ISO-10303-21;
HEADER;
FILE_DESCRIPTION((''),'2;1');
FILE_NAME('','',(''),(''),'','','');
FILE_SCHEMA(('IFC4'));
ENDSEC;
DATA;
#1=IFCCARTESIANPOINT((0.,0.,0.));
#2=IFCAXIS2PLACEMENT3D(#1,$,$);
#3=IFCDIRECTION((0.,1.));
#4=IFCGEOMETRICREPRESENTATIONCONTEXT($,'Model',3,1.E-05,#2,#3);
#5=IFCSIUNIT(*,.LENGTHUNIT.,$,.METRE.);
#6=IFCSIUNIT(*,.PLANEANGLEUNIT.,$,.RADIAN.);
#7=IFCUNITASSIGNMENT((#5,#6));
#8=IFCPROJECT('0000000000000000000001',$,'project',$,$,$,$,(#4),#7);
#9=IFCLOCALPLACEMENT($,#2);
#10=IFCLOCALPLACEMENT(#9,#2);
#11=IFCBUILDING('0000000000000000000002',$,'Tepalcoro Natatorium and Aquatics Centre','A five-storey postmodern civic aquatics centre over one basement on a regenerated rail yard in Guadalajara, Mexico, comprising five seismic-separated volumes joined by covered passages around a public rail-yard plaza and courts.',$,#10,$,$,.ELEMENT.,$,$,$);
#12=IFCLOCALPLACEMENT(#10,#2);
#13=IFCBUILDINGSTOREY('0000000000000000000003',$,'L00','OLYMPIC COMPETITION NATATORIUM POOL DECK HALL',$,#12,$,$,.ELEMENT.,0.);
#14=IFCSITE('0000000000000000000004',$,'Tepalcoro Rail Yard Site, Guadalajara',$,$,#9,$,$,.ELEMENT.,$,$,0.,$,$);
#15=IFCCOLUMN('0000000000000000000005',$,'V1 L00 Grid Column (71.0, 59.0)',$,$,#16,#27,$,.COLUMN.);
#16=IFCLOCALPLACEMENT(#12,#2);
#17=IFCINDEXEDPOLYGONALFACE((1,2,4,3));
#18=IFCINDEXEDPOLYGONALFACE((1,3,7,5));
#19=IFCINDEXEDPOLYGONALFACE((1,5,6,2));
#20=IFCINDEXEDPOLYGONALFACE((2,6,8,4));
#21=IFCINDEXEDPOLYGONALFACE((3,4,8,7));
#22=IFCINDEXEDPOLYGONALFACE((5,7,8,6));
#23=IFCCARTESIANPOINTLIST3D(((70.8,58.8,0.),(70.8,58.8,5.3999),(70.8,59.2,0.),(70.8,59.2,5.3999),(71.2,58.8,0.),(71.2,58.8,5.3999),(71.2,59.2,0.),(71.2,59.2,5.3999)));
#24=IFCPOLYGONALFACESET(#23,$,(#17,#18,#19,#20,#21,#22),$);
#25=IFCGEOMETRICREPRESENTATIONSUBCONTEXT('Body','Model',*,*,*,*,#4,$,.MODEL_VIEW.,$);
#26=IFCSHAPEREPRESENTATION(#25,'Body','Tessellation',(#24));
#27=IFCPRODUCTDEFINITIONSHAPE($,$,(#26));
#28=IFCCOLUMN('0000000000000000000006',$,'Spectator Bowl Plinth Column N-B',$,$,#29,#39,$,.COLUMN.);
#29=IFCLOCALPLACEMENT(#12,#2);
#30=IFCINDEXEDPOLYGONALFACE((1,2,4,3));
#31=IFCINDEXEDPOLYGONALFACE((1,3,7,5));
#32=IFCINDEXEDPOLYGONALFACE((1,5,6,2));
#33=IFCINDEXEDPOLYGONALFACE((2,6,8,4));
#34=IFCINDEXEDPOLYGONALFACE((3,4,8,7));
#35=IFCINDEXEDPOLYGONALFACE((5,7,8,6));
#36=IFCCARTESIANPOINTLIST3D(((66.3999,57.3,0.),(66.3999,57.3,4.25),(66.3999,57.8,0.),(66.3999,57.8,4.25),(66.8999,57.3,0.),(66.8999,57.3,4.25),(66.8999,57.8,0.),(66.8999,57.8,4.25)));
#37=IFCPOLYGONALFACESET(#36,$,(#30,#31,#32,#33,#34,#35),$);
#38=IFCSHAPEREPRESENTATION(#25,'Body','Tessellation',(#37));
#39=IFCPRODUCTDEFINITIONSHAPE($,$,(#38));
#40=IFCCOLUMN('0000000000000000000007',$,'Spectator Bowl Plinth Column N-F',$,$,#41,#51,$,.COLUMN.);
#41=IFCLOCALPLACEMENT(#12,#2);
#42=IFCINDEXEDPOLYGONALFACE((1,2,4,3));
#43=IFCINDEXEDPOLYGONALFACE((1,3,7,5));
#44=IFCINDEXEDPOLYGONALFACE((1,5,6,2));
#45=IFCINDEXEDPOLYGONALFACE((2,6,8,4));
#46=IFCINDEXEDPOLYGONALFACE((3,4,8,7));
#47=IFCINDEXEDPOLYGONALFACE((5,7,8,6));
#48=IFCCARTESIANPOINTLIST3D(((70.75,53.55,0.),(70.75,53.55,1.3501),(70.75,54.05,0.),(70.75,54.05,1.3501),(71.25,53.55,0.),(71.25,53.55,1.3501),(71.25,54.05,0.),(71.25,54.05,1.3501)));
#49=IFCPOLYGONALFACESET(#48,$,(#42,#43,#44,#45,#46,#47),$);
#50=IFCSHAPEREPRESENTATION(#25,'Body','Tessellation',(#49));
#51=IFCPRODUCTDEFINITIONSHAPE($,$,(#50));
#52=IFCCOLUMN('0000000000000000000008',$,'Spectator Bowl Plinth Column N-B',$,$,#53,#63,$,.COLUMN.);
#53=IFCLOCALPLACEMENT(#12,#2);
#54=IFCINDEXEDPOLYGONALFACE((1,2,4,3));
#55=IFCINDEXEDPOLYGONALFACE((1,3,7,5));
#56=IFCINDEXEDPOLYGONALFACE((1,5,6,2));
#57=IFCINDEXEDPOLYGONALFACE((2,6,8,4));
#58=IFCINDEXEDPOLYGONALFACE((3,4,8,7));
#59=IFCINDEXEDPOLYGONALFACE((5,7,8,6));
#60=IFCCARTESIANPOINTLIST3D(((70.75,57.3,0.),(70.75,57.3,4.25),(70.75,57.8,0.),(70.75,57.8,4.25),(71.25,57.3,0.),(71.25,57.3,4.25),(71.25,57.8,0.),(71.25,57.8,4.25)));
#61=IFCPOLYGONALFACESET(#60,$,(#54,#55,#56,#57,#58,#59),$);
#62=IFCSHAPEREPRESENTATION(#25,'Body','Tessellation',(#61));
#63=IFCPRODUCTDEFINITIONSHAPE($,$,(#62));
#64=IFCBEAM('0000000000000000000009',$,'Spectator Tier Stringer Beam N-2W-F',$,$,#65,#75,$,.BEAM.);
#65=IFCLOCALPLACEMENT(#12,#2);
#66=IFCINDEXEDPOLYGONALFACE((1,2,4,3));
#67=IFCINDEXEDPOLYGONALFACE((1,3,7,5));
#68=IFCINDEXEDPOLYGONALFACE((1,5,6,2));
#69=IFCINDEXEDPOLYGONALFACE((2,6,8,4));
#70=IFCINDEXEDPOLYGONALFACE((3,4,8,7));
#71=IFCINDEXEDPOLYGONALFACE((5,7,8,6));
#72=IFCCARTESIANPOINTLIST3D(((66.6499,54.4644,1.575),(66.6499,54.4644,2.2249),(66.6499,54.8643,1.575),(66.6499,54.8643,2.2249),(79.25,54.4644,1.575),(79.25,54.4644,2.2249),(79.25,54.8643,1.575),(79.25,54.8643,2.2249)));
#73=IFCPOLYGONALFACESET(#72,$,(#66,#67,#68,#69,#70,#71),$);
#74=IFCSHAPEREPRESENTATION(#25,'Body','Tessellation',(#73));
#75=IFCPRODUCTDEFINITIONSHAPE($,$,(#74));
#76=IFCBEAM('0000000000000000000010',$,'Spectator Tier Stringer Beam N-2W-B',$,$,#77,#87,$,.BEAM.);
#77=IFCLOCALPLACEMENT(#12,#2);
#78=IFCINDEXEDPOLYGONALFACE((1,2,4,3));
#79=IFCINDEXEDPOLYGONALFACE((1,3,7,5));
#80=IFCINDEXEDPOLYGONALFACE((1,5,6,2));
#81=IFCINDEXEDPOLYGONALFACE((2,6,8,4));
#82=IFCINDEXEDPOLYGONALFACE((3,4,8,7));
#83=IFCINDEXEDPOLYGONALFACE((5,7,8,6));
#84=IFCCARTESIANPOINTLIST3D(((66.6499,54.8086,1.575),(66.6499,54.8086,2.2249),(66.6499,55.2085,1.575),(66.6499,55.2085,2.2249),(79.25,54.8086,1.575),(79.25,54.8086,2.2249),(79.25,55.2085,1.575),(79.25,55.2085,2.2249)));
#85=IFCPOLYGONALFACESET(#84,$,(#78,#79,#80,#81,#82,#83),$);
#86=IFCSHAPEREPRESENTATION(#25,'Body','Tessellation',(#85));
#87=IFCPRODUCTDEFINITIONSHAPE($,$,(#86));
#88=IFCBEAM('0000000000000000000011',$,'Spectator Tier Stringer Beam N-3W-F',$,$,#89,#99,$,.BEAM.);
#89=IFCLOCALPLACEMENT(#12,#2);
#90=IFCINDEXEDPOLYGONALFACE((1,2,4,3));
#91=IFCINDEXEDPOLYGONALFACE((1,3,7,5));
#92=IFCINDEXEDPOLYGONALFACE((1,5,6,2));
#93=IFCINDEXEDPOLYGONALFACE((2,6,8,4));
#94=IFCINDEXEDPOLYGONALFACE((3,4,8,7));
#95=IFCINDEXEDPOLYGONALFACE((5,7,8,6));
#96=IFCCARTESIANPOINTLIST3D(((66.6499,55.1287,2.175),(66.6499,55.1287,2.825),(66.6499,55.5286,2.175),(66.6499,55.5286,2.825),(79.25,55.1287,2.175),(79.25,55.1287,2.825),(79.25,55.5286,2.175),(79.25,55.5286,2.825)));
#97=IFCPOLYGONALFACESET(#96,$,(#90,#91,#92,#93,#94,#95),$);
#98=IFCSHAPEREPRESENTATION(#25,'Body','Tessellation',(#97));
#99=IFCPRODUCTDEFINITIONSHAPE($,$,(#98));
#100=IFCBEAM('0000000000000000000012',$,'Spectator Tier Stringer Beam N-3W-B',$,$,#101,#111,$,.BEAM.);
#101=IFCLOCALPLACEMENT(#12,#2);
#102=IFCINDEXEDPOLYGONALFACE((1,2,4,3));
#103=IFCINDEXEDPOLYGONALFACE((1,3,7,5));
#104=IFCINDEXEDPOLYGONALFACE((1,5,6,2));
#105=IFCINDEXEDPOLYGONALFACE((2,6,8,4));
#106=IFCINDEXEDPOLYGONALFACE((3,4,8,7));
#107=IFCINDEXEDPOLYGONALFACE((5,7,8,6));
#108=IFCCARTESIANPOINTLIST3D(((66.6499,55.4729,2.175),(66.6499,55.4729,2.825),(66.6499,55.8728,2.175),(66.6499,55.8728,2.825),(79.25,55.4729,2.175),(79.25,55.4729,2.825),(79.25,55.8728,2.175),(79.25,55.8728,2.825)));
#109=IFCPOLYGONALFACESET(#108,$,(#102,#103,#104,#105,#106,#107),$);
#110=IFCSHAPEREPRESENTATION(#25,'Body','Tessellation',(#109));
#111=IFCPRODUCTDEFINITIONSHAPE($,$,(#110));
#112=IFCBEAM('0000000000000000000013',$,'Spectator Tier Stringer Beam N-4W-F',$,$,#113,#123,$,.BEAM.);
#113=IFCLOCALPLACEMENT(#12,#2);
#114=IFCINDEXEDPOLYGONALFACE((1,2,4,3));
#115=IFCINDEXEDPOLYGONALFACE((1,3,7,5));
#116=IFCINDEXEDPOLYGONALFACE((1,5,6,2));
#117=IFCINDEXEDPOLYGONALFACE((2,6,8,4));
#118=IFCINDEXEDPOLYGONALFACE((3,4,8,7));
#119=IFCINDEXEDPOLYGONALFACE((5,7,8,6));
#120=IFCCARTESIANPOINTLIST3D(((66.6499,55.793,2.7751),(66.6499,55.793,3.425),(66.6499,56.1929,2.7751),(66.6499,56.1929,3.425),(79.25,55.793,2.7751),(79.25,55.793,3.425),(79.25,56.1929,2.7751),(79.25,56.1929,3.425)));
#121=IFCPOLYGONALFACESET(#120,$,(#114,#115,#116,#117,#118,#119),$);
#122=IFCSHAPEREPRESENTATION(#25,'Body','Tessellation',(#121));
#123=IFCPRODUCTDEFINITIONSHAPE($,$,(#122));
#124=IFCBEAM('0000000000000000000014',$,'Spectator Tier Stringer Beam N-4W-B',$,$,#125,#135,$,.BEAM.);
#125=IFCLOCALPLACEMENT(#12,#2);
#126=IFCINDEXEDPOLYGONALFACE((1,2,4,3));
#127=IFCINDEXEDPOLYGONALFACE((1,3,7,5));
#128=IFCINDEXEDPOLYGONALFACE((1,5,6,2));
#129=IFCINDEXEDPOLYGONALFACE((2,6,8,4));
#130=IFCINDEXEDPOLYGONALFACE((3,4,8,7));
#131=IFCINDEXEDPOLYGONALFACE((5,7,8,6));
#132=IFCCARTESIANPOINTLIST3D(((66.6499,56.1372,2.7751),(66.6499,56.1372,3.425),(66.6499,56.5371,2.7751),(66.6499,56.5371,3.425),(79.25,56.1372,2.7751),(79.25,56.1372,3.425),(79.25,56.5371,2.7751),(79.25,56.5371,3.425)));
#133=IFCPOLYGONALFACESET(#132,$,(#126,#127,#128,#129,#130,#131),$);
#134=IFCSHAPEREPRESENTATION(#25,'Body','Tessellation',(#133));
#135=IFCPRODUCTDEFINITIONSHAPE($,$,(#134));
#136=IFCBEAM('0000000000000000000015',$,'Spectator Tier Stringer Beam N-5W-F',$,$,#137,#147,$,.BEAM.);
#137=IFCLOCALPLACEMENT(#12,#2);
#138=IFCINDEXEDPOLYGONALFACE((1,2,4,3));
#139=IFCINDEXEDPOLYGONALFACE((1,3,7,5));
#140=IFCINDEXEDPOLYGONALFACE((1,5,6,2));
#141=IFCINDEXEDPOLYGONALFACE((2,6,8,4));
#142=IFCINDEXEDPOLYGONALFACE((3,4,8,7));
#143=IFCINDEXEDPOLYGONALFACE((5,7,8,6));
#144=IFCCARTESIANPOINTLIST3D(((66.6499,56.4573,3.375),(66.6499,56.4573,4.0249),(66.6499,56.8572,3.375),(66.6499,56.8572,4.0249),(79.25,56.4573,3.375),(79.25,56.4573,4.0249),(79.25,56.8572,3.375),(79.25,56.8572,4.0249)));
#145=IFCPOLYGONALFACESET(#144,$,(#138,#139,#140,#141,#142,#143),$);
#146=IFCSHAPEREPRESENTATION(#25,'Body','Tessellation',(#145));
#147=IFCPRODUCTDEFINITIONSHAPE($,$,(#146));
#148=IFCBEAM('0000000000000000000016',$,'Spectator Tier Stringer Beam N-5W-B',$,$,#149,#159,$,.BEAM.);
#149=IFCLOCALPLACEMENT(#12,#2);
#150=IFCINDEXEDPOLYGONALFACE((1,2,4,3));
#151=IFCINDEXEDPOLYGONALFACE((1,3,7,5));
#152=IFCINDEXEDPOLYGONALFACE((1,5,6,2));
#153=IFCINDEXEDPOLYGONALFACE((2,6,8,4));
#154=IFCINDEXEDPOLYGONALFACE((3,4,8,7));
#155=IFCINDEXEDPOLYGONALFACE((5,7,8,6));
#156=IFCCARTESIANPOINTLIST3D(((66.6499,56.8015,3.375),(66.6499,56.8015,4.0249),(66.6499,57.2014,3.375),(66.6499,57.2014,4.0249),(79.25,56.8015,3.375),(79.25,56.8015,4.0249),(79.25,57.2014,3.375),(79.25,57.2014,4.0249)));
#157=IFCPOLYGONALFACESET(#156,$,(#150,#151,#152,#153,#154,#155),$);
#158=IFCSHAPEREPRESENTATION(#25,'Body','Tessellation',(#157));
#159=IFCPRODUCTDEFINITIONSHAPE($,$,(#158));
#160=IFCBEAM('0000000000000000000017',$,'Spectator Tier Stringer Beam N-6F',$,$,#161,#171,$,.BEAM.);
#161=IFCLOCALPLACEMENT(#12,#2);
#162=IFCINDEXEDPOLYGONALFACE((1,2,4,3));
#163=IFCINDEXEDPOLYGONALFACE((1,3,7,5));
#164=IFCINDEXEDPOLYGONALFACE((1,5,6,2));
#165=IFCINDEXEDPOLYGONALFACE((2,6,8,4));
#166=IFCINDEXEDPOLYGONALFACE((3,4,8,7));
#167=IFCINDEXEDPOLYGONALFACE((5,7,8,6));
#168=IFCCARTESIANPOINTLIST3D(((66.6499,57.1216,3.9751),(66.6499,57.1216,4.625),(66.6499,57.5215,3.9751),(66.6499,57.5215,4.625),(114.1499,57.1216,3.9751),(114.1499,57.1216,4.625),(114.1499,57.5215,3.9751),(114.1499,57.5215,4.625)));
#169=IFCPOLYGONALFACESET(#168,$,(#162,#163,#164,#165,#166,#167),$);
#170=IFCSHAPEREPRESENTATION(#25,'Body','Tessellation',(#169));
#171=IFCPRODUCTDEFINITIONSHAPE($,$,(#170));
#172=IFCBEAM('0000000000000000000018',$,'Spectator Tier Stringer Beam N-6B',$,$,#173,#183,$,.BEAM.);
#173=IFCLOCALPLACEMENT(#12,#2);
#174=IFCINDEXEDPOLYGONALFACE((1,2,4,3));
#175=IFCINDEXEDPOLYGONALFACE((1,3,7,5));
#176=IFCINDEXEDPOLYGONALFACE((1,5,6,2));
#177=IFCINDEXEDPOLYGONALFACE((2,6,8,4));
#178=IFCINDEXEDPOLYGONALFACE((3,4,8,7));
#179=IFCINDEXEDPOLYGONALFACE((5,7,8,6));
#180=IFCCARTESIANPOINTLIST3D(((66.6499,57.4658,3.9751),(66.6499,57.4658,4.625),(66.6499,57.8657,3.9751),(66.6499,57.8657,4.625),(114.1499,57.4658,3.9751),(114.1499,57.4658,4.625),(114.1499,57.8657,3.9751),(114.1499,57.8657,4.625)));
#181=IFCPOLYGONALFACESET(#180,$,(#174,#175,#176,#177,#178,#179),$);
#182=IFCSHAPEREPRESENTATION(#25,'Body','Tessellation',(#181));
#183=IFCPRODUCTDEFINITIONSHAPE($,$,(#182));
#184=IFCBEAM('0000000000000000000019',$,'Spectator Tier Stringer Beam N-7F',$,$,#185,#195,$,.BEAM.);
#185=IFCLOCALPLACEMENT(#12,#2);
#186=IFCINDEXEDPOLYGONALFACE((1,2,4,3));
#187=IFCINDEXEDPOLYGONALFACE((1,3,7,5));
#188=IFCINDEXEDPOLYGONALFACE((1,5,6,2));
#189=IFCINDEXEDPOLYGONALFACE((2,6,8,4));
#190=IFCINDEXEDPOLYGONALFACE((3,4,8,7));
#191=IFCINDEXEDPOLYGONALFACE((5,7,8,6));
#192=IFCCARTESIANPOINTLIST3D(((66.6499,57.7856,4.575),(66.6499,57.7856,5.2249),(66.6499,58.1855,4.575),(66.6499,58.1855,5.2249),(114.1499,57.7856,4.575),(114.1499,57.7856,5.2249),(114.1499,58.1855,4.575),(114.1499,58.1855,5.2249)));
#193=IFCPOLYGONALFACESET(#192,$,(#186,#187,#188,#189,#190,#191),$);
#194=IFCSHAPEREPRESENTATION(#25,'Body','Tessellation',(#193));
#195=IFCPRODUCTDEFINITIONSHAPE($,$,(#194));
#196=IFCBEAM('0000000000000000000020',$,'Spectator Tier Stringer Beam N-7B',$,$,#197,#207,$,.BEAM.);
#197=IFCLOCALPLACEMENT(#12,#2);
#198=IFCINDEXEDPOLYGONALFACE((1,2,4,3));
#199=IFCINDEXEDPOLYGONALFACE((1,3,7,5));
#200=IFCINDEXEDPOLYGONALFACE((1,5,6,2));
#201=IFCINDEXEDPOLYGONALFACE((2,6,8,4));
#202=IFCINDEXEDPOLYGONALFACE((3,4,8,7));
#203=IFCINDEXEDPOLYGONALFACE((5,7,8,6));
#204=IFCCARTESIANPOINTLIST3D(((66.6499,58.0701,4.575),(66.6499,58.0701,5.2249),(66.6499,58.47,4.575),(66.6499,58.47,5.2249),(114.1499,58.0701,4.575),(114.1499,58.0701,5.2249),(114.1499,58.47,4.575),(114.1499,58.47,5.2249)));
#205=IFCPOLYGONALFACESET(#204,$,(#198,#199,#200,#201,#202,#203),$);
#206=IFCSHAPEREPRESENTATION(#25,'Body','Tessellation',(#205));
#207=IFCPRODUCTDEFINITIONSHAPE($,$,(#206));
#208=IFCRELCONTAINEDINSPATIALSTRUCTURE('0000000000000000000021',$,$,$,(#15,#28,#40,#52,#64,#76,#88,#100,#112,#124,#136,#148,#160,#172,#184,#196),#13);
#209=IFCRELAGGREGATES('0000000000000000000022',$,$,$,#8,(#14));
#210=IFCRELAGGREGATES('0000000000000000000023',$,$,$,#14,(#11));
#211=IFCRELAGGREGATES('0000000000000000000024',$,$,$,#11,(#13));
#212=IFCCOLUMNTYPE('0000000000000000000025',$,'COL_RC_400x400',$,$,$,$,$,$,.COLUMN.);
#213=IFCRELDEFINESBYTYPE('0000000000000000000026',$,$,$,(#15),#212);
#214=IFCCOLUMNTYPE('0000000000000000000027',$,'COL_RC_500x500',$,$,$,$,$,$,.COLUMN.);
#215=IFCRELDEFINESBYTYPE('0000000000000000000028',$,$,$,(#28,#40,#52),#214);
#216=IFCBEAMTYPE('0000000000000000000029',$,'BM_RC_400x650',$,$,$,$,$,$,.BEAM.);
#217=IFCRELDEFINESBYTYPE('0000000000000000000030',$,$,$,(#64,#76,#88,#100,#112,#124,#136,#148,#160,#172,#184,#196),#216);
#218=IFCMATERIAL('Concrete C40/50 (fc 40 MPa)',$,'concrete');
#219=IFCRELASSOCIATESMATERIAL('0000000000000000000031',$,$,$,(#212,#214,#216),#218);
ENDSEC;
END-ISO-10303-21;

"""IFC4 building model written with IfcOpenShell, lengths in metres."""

from ifc_helpers import new_model, si_unit, direction, frame, origin, origin_2d, place, context, subcontext, project, spatial, rectangle, extrude, material, material_profile, profile_set, type_object, element, save


model = new_model("IFC4")

# Units and contexts
model_context = context("Model", 3, precision=1e-05, world=origin(), true_north=direction((0.0, 1.0)))
body_context = subcontext(model_context, "Body", "Model", "MODEL_VIEW")
ifc_project = project(units=[si_unit("LENGTHUNIT", "METRE"), si_unit("PLANEANGLEUNIT", "RADIAN")], contexts=[model_context])

# Site, building, storey
site_placement = place(None, origin())
site = spatial("IfcSite", under=ifc_project, at=site_placement, Name="Tepalcoro Rail Yard Site, Guadalajara", CompositionType="ELEMENT", RefElevation=0.0)
building_placement = place(site_placement, origin())
building = spatial("IfcBuilding", under=site, at=building_placement, Name="Tepalcoro Natatorium and Aquatics Centre", Description="A five-storey postmodern civic aquatics centre over one basement on a regenerated rail yard in Guadalajara, Mexico, comprising five seismic-separated volumes joined by covered passages around a public rail-yard plaza and courts.", CompositionType="ELEMENT")
storey_placement = place(building_placement, origin())
storey = spatial("IfcBuildingStorey", under=building, at=storey_placement, Name="L00", Description="OLYMPIC COMPETITION NATATORIUM POOL DECK HALL", CompositionType="ELEMENT", Elevation=0.0)

# Columns
ifc_material_1 = material(Name="Concrete C40/50 (fc 40 MPa)", Category="concrete")
ifc_material_profile_1 = material_profile(ifc_material_1, rectangle(XDim=0.3999, YDim=0.3999, at=origin_2d()), Name="RC400x400")
ifc_profile_set_1 = profile_set([ifc_material_profile_1], Name="Concrete C40/50 (fc 40 MPa)")
column_type_1 = type_object("IfcColumnType", Name="COL_RC_400x400", PredefinedType="COLUMN", material=ifc_profile_set_1)
column_1_placement = place(storey_placement, frame((71.0, 59.0, 0.0), z_axis=(0.0, 0.0, 1.0), x_axis=(1.0, 0.0, 0.0)))
element("IfcColumn", 1, at=column_1_placement, inside=storey, type_object=column_type_1, Name="V1 L00 Grid Column (71.0, 59.0)", PredefinedType="COLUMN", context=body_context, shape_type="SweptSolid", body=[
    extrude(rectangle(XDim=0.3999, YDim=0.3999, at=origin_2d()), origin(), (0.0, 0.0, 1.0), 5.3999),
])
ifc_material_profile_2 = material_profile(ifc_material_1, rectangle(XDim=0.5, YDim=0.5, at=origin_2d()), Name="RC500x500")
ifc_profile_set_2 = profile_set([ifc_material_profile_2], Name="Concrete C40/50 (fc 40 MPa)")
column_type_2 = type_object("IfcColumnType", Name="COL_RC_500x500", PredefinedType="COLUMN", material=ifc_profile_set_2)
column_2_placement = place(storey_placement, frame((66.6499, 57.55, 0.0), z_axis=(0.0, 0.0, 1.0), x_axis=(1.0, 0.0, 0.0)))
element("IfcColumn", 2, at=column_2_placement, inside=storey, type_object=column_type_2, Name="Spectator Bowl Plinth Column N-B", PredefinedType="COLUMN", context=body_context, shape_type="SweptSolid", body=[
    extrude(rectangle(XDim=0.5, YDim=0.5, at=origin_2d()), origin(), (0.0, 0.0, 1.0), 4.25),
])
column_3_placement = place(storey_placement, frame((71.0, 53.8, 0.0), z_axis=(0.0, 0.0, 1.0), x_axis=(1.0, 0.0, 0.0)))
element("IfcColumn", 3, at=column_3_placement, inside=storey, type_object=column_type_2, Name="Spectator Bowl Plinth Column N-F", PredefinedType="COLUMN", context=body_context, shape_type="SweptSolid", body=[
    extrude(rectangle(XDim=0.5, YDim=0.5, at=origin_2d()), origin(), (0.0, 0.0, 1.0), 1.3501),
])
column_4_placement = place(storey_placement, frame((71.0, 57.55, 0.0), z_axis=(0.0, 0.0, 1.0), x_axis=(1.0, 0.0, 0.0)))
element("IfcColumn", 4, at=column_4_placement, inside=storey, type_object=column_type_2, Name="Spectator Bowl Plinth Column N-B", PredefinedType="COLUMN", context=body_context, shape_type="SweptSolid", body=[
    extrude(rectangle(XDim=0.5, YDim=0.5, at=origin_2d()), origin(), (0.0, 0.0, 1.0), 4.25),
])

# Beams
ifc_material_profile_3 = material_profile(ifc_material_1, rectangle(XDim=0.3999, YDim=0.6499, at=origin_2d()), Name="RCB400x650")
ifc_profile_set_3 = profile_set([ifc_material_profile_3], Name="Concrete C40/50 (fc 40 MPa)")
beam_type_1 = type_object("IfcBeamType", Name="BM_RC_400x650", PredefinedType="BEAM", material=ifc_profile_set_3)
for number, where, z_axis, x_axis, name in (
    (5, (66.6499, 54.6643, 1.8999), (1.0, 0.0, 0.0), (0.0, 1.0, 0.0), "Spectator Tier Stringer Beam N-2W-F"),
    (6, (66.6499, 55.0085, 1.8999), (1.0, 0.0, 0.0), (0.0, 1.0, 0.0), "Spectator Tier Stringer Beam N-2W-B"),
    (7, (66.6499, 55.3286, 2.5), (1.0, 0.0, 0.0), (0.0, 1.0, 0.0), "Spectator Tier Stringer Beam N-3W-F"),
    (8, (66.6499, 55.6729, 2.5), (1.0, 0.0, 0.0), (0.0, 1.0, 0.0), "Spectator Tier Stringer Beam N-3W-B"),
    (9, (66.6499, 55.9929, 3.1001), (1.0, 0.0, 0.0), (0.0, 1.0, 0.0), "Spectator Tier Stringer Beam N-4W-F"),
    (10, (66.6499, 56.3372, 3.1001), (1.0, 0.0, 0.0), (0.0, 1.0, 0.0), "Spectator Tier Stringer Beam N-4W-B"),
    (11, (66.6499, 56.6572, 3.7), (1.0, 0.0, 0.0), (0.0, 1.0, 0.0), "Spectator Tier Stringer Beam N-5W-F"),
    (12, (66.6499, 57.0015, 3.7), (1.0, 0.0, 0.0), (0.0, 1.0, 0.0), "Spectator Tier Stringer Beam N-5W-B"),
):
    element("IfcBeam", number, at=place(storey_placement, frame(where, z_axis=z_axis, x_axis=x_axis)), inside=storey, type_object=beam_type_1, Name=name, PredefinedType="BEAM", context=body_context, shape_type="SweptSolid", body=[
        extrude(rectangle(XDim=0.3999, YDim=0.6499, at=origin_2d()), origin(), (0.0, 0.0, 1.0), 12.6001),
    ])
for number, where, z_axis, x_axis, name in (
    (13, (66.6499, 57.3215, 4.3), (1.0, 0.0, 0.0), (0.0, 1.0, 0.0), "Spectator Tier Stringer Beam N-6F"),
    (14, (66.6499, 57.6658, 4.3), (1.0, 0.0, 0.0), (0.0, 1.0, 0.0), "Spectator Tier Stringer Beam N-6B"),
    (15, (66.6499, 57.9856, 4.8999), (1.0, 0.0, 0.0), (0.0, 1.0, 0.0), "Spectator Tier Stringer Beam N-7F"),
    (16, (66.6499, 58.27, 4.8999), (1.0, 0.0, 0.0), (0.0, 1.0, 0.0), "Spectator Tier Stringer Beam N-7B"),
):
    element("IfcBeam", number, at=place(storey_placement, frame(where, z_axis=z_axis, x_axis=x_axis)), inside=storey, type_object=beam_type_1, Name=name, PredefinedType="BEAM", context=body_context, shape_type="SweptSolid", body=[
        extrude(rectangle(XDim=0.3999, YDim=0.6499, at=origin_2d()), origin(), (0.0, 0.0, 1.0), 47.5),
    ])

save(model, "model.ifc")
